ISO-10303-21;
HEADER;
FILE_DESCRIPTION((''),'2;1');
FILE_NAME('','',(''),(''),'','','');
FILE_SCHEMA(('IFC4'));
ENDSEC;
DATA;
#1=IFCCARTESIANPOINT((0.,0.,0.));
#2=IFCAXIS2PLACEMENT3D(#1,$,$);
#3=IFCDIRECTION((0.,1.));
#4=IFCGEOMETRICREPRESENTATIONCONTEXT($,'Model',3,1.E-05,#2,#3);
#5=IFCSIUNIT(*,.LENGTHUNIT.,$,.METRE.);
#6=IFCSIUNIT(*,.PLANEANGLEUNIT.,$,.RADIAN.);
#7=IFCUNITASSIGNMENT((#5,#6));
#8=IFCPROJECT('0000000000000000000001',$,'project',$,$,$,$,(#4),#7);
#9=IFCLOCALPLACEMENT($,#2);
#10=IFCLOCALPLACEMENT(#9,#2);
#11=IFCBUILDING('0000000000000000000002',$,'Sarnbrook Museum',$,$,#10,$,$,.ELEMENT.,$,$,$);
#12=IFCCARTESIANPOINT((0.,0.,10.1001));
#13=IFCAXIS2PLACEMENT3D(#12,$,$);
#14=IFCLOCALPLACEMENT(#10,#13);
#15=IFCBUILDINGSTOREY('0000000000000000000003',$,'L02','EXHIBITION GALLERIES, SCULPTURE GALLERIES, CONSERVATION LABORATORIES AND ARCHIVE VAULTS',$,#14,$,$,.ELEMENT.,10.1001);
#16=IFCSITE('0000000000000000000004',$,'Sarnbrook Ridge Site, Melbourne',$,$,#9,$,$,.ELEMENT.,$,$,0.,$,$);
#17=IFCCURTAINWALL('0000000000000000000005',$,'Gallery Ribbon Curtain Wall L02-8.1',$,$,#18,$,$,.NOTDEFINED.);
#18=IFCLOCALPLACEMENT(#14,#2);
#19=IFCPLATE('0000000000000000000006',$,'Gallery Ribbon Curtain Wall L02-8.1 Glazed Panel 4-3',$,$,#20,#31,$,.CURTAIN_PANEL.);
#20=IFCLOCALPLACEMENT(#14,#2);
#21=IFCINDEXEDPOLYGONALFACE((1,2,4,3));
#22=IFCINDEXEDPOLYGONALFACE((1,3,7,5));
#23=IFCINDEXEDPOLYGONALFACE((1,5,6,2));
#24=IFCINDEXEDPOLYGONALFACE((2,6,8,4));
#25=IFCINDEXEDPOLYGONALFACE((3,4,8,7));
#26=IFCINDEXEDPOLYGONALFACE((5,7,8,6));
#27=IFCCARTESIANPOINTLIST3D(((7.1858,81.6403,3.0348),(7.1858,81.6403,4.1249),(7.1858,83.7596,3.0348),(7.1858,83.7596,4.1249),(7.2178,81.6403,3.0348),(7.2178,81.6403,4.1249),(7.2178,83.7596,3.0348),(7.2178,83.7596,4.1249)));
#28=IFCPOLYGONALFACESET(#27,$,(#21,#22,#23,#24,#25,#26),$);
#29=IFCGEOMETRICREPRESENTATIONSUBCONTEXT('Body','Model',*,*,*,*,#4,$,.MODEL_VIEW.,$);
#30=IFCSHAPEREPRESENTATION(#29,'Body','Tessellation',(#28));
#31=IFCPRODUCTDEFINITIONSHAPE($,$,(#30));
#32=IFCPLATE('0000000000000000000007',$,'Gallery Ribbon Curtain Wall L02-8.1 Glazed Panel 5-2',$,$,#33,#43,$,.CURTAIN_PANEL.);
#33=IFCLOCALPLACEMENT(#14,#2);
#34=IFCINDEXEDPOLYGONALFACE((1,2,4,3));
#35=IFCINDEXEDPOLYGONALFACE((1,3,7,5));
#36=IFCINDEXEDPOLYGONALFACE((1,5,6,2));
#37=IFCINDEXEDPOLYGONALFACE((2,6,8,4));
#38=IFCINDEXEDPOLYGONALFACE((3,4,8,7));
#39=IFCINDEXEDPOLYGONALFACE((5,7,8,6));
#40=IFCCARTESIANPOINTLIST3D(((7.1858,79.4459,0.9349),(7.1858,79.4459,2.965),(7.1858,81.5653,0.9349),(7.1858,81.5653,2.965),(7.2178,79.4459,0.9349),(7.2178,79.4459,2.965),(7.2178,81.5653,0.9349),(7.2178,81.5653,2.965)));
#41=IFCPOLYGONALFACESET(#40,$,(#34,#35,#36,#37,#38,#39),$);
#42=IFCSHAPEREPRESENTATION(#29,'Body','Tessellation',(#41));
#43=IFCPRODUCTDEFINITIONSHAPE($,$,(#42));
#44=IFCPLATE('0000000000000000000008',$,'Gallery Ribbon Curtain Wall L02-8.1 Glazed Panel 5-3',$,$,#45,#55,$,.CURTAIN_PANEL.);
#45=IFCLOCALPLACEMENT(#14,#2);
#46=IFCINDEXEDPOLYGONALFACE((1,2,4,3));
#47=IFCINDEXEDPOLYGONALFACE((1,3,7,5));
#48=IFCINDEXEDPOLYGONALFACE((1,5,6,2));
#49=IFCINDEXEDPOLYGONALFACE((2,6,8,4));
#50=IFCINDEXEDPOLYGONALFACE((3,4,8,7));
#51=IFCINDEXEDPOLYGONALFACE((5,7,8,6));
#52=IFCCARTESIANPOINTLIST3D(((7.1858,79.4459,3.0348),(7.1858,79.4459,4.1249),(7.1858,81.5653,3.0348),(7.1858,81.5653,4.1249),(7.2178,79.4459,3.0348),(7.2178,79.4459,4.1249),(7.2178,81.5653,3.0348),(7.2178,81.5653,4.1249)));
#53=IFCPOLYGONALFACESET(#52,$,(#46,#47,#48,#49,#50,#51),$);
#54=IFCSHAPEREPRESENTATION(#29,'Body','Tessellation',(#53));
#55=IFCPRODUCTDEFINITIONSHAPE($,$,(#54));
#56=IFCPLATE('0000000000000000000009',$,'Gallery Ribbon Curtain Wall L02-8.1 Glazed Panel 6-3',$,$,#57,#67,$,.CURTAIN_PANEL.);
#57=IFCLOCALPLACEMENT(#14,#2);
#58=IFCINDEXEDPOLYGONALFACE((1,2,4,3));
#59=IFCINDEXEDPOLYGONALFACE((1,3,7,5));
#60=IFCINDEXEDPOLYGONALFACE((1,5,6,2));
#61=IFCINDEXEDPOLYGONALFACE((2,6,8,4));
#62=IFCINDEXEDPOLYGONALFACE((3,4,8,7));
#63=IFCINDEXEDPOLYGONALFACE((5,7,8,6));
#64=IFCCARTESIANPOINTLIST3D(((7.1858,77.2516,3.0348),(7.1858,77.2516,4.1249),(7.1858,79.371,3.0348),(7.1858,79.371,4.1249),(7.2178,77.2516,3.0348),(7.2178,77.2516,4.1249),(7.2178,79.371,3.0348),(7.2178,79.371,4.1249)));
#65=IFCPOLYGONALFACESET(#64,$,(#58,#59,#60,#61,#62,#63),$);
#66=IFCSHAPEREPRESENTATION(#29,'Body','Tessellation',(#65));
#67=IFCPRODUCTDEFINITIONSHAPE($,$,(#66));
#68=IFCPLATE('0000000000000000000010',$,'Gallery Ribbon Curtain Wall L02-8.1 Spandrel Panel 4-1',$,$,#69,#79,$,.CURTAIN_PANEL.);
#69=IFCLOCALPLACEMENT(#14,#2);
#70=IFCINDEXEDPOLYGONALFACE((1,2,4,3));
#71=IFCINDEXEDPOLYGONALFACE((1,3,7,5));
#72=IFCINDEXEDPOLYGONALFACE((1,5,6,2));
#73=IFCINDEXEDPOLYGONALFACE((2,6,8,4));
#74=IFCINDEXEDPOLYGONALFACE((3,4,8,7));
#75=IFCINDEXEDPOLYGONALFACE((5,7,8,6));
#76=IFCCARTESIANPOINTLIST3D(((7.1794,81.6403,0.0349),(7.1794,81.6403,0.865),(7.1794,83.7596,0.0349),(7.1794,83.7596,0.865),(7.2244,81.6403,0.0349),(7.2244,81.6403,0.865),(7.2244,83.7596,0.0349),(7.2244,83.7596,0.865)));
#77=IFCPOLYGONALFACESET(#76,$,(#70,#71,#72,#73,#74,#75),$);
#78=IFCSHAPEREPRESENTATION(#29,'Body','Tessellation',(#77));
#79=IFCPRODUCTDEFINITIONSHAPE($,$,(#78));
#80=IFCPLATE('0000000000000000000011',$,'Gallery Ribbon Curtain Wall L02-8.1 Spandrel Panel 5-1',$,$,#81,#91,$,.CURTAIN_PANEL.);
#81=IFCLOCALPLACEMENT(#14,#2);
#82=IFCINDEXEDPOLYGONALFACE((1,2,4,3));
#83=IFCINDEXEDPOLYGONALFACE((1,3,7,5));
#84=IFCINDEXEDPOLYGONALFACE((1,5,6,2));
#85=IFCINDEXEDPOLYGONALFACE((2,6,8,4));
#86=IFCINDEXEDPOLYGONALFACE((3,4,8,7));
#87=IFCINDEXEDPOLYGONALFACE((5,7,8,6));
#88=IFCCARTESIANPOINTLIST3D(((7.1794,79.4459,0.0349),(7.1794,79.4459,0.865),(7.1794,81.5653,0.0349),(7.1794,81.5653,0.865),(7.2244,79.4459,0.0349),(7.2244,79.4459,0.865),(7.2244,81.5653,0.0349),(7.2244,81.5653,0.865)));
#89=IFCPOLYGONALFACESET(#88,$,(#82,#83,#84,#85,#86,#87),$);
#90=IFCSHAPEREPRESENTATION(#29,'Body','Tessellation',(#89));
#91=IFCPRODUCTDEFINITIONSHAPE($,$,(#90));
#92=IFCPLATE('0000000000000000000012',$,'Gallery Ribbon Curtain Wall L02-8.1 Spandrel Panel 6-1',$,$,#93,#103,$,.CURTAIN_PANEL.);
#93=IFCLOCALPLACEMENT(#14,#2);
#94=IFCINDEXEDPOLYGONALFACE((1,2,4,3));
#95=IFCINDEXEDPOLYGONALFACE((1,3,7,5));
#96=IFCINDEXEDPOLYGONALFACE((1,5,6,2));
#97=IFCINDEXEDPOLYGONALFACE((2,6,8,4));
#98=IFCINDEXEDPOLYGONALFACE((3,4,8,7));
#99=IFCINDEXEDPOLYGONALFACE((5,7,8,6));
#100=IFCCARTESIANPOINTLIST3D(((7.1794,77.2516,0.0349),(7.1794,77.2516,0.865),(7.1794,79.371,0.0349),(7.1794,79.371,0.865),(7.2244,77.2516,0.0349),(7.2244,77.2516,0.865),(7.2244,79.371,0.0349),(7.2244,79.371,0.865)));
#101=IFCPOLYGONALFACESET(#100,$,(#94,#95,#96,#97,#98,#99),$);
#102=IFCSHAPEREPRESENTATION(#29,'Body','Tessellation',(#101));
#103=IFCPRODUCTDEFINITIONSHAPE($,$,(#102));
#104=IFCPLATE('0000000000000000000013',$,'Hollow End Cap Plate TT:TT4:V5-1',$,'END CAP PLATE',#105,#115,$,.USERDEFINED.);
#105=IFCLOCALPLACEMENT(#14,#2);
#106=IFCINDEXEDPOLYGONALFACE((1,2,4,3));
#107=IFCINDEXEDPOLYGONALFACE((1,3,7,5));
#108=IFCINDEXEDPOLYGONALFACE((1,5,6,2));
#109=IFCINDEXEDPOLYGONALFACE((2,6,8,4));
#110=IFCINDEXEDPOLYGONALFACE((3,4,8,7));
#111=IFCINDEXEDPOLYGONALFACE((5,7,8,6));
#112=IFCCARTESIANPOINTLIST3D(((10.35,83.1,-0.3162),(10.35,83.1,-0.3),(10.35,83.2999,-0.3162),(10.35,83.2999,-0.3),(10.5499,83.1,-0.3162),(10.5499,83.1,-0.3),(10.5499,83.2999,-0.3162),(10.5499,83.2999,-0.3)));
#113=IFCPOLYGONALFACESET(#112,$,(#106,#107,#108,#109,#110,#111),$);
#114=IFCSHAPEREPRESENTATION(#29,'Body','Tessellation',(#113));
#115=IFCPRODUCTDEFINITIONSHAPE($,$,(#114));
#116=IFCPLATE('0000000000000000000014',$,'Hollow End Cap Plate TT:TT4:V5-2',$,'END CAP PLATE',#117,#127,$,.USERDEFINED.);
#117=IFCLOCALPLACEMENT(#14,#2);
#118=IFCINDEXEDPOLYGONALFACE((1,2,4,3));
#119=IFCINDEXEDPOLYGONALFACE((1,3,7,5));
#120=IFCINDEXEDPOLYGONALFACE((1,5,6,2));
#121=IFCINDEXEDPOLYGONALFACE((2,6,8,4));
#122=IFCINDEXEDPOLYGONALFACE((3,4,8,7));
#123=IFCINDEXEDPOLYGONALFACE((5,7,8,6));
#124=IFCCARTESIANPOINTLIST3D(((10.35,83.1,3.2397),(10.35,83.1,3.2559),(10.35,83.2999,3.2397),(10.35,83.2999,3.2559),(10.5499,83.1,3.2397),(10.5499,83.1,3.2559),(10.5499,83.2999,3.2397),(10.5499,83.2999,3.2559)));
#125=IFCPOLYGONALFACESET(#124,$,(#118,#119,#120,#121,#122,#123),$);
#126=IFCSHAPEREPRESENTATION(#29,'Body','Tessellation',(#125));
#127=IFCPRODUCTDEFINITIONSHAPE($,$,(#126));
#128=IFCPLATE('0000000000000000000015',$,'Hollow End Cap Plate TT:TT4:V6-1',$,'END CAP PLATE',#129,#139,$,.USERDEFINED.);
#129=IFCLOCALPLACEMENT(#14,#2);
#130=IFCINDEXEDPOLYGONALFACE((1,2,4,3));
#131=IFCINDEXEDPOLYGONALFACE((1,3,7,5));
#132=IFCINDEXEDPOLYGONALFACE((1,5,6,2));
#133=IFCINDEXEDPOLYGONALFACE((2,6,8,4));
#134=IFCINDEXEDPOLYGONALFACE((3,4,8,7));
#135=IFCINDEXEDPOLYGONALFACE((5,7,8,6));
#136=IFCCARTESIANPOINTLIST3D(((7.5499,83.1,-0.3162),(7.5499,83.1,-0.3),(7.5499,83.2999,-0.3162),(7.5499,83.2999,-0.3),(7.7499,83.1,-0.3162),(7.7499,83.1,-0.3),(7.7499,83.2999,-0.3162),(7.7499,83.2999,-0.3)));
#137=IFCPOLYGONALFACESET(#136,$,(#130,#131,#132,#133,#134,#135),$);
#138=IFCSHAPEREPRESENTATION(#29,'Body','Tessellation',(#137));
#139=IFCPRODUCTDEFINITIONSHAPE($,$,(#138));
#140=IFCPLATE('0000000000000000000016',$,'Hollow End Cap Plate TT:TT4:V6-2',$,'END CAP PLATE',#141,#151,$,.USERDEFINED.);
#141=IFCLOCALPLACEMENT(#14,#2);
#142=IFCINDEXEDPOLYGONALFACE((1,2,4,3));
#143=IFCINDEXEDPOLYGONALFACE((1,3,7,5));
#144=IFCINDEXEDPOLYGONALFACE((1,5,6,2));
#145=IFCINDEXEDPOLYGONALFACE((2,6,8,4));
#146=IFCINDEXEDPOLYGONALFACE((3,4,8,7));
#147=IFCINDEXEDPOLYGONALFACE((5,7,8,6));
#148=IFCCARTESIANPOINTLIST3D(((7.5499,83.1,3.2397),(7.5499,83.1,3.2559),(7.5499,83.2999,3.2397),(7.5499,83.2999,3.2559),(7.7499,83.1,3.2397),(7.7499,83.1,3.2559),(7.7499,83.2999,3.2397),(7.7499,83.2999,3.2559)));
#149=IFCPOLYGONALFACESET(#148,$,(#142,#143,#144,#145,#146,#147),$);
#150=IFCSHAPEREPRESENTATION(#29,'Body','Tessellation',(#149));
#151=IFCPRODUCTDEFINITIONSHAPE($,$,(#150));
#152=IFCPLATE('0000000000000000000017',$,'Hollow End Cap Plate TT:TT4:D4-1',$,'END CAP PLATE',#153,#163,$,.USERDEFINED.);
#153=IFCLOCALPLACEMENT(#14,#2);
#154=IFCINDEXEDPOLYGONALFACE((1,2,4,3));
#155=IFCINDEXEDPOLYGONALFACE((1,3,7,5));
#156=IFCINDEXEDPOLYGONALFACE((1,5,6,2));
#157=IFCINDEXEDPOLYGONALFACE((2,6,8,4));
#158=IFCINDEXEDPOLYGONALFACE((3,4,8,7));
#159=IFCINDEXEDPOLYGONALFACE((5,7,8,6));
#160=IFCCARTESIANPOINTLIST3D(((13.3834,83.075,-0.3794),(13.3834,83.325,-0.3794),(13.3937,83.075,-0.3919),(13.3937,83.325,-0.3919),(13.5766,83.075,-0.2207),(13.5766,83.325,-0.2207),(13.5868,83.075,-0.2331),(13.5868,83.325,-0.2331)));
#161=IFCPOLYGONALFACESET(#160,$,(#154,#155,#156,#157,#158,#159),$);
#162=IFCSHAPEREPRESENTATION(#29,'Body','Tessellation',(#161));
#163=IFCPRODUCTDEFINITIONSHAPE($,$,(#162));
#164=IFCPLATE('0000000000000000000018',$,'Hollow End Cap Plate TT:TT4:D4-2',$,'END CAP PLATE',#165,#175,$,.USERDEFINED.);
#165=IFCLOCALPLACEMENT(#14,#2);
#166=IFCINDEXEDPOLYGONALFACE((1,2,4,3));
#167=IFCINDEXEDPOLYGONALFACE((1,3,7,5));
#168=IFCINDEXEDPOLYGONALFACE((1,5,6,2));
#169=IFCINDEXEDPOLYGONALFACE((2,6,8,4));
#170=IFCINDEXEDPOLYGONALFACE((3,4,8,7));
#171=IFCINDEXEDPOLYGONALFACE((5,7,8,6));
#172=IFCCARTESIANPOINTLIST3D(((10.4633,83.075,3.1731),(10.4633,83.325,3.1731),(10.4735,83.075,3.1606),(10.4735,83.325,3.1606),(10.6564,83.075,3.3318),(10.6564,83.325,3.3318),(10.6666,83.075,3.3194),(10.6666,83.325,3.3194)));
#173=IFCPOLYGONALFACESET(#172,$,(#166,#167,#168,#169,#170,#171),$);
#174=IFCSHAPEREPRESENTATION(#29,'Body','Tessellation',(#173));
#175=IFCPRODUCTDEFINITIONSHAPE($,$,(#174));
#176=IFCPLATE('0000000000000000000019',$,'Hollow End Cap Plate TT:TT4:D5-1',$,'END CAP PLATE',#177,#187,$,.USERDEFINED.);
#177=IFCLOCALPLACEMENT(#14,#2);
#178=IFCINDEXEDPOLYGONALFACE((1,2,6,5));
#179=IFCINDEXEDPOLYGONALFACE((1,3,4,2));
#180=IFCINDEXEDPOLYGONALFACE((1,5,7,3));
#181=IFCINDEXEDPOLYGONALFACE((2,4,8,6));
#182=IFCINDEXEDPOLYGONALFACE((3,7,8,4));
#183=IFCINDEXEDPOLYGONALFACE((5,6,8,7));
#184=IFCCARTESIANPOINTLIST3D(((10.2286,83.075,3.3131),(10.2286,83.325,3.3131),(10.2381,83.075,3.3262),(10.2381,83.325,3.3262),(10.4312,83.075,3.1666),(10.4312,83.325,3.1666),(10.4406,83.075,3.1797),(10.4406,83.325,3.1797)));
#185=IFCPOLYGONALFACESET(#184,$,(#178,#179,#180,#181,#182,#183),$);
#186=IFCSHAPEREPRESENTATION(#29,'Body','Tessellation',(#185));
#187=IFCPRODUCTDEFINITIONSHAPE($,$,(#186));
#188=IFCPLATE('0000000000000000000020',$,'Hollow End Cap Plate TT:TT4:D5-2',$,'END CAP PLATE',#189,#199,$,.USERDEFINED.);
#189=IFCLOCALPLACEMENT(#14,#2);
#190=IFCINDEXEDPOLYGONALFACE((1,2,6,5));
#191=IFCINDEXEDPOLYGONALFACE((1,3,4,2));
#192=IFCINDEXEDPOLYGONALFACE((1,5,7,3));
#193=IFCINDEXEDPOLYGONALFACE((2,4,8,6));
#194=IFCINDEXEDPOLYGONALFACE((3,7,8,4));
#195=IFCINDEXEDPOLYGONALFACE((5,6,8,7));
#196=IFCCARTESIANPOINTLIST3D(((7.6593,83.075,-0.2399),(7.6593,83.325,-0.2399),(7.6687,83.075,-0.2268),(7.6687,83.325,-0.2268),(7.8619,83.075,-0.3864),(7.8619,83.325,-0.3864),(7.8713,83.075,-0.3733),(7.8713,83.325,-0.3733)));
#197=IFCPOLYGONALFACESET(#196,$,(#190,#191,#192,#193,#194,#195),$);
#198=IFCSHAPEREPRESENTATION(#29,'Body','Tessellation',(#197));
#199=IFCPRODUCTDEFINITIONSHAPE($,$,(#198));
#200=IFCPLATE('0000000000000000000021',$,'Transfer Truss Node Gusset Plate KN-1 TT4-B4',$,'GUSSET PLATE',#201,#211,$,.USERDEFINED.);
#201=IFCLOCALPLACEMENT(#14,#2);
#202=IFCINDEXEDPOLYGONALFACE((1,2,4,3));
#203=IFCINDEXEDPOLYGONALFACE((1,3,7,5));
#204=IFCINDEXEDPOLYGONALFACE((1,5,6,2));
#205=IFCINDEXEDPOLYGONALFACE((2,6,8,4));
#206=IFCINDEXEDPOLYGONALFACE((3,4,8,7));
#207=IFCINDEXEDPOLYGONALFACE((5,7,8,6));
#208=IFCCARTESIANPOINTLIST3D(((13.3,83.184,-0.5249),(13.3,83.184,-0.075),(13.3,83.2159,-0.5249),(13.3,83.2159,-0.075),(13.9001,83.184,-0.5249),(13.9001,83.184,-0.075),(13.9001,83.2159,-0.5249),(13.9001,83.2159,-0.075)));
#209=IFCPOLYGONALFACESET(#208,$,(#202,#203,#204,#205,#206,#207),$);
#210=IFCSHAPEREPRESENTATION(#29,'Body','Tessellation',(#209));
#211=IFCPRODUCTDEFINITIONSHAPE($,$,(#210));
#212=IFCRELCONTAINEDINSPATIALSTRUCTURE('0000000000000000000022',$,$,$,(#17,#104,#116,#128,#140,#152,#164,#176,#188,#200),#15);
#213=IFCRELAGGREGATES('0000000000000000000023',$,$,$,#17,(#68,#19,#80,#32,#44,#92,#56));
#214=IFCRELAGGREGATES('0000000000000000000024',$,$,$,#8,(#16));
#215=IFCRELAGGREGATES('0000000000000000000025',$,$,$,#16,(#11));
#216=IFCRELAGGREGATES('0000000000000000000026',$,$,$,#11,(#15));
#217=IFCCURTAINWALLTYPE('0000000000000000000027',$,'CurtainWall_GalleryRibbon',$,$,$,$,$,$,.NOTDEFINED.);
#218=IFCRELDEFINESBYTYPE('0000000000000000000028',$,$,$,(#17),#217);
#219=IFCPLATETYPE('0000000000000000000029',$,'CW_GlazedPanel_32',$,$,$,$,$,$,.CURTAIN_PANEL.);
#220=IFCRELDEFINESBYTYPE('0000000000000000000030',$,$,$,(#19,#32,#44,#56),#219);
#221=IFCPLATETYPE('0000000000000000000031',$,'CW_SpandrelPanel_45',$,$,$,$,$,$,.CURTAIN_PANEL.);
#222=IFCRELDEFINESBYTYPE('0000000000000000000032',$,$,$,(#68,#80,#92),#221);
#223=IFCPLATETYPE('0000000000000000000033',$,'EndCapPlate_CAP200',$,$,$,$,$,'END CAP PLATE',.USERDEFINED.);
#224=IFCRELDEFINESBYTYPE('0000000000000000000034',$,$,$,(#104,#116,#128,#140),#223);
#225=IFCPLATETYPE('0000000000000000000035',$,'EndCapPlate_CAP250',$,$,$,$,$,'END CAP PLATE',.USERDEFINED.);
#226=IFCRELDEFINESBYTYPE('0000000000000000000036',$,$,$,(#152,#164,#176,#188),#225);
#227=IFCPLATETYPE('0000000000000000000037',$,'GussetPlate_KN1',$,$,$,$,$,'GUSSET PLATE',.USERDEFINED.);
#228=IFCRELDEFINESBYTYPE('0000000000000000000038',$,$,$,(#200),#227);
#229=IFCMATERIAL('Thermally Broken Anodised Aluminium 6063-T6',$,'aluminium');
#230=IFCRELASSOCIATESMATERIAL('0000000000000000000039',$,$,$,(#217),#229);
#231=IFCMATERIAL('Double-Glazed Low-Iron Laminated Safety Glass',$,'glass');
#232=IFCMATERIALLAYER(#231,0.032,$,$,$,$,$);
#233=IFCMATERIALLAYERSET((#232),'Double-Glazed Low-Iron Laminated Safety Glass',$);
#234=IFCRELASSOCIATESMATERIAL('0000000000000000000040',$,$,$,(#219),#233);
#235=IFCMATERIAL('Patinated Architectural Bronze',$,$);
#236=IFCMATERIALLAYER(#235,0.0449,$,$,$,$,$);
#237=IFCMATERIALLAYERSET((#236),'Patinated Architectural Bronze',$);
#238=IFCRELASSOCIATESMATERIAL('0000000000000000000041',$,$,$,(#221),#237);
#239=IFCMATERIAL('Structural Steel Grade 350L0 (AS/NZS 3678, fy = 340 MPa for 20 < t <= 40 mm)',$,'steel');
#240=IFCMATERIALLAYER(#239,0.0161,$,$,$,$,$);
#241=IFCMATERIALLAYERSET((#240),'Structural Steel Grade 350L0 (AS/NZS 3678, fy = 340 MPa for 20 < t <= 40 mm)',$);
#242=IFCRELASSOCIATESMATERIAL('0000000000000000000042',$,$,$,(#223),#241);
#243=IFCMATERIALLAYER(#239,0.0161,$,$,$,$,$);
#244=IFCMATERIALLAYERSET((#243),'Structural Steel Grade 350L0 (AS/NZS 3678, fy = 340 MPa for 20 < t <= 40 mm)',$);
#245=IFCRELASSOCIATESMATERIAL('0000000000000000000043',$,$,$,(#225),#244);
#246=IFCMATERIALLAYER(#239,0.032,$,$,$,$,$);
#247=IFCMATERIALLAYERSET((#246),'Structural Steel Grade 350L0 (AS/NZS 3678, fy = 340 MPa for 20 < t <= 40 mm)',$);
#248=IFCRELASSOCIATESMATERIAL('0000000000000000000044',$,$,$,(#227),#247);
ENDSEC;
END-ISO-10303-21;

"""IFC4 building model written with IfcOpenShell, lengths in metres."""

from ifc_helpers import new_model, si_unit, direction, frame, origin, origin_2d, place, context, subcontext, project, spatial, rectangle, extrude, material, layer, layer_set, type_object, element, aggregate, save


model = new_model("IFC4")

# Units and contexts
model_context = context("Model", 3, precision=1e-05, world=origin(), true_north=direction((0.0, 1.0)))
body_context = subcontext(model_context, "Body", "Model", "MODEL_VIEW")
ifc_project = project(units=[si_unit("LENGTHUNIT", "METRE"), si_unit("PLANEANGLEUNIT", "RADIAN")], contexts=[model_context])

# Site, building, storey
site_placement = place(None, origin())
site = spatial("IfcSite", under=ifc_project, at=site_placement, Name="Sarnbrook Ridge Site, Melbourne", CompositionType="ELEMENT", RefElevation=0.0)
building_placement = place(site_placement, origin())
building = spatial("IfcBuilding", under=site, at=building_placement, Name="Sarnbrook Museum", CompositionType="ELEMENT")
storey_placement = place(building_placement, frame((0.0, 0.0, 10.1001)))
storey = spatial("IfcBuildingStorey", under=building, at=storey_placement, Name="L02", Description="EXHIBITION GALLERIES, SCULPTURE GALLERIES, CONSERVATION LABORATORIES AND ARCHIVE VAULTS", CompositionType="ELEMENT", Elevation=10.1001)

# Curtain wall
ifc_material_1 = material(Name="Thermally Broken Anodised Aluminium 6063-T6", Category="aluminium")
curtain_wall_type = type_object("IfcCurtainWallType", Name="CurtainWall_GalleryRibbon", PredefinedType="NOTDEFINED", material=ifc_material_1)
curtain_wall_placement = place(storey_placement, origin())
curtain_wall = element("IfcCurtainWall", 1, at=curtain_wall_placement, inside=storey, type_object=curtain_wall_type, Name="Gallery Ribbon Curtain Wall L02-8.1", PredefinedType="NOTDEFINED")

# Shared definitions
ifc_material_2 = material(Name="Structural Steel Grade 350L0 (AS/NZS 3678, fy = 340 MPa for 20 < t <= 40 mm)", Category="steel")

# Plates
ifc_material_3 = material(Name="Double-Glazed Low-Iron Laminated Safety Glass", Category="glass")
ifc_layer_1 = layer(ifc_material_3, 0.032)
ifc_layer_set_1 = layer_set([ifc_layer_1], Name="Double-Glazed Low-Iron Laminated Safety Glass")
plate_type_1 = type_object("IfcPlateType", Name="CW_GlazedPanel_32", PredefinedType="CURTAIN_PANEL", material=ifc_layer_set_1)
plate_1_placement = place(storey_placement, frame((7.2178, 82.7, 3.5798), z_axis=(-1.0, 0.0, 0.0), x_axis=(0.0, -1.0, 0.0)))
plate_1 = element("IfcPlate", 2, at=plate_1_placement, type_object=plate_type_1, Name="Gallery Ribbon Curtain Wall L02-8.1 Glazed Panel 4-3", PredefinedType="CURTAIN_PANEL", context=body_context, shape_type="SweptSolid", body=[
    extrude(rectangle(XDim=2.1194, YDim=1.0901, at=origin_2d()), origin(), (0.0, 0.0, 1.0), 0.032),
])
plate_2_placement = place(storey_placement, frame((7.2178, 80.5056, 1.95), z_axis=(-1.0, 0.0, 0.0), x_axis=(0.0, -1.0, 0.0)))
plate_2 = element("IfcPlate", 3, at=plate_2_placement, type_object=plate_type_1, Name="Gallery Ribbon Curtain Wall L02-8.1 Glazed Panel 5-2", PredefinedType="CURTAIN_PANEL", context=body_context, shape_type="SweptSolid", body=[
    extrude(rectangle(XDim=2.1194, YDim=2.03, at=origin_2d()), origin(), (0.0, 0.0, 1.0), 0.032),
])
plate_3_placement = place(storey_placement, frame((7.2178, 80.5056, 3.5798), z_axis=(-1.0, 0.0, 0.0), x_axis=(0.0, -1.0, 0.0)))
plate_3 = element("IfcPlate", 4, at=plate_3_placement, type_object=plate_type_1, Name="Gallery Ribbon Curtain Wall L02-8.1 Glazed Panel 5-3", PredefinedType="CURTAIN_PANEL", context=body_context, shape_type="SweptSolid", body=[
    extrude(rectangle(XDim=2.1194, YDim=1.0901, at=origin_2d()), origin(), (0.0, 0.0, 1.0), 0.032),
])
plate_4_placement = place(storey_placement, frame((7.2178, 78.3113, 3.5798), z_axis=(-1.0, 0.0, 0.0), x_axis=(0.0, -1.0, 0.0)))
plate_4 = element("IfcPlate", 5, at=plate_4_placement, type_object=plate_type_1, Name="Gallery Ribbon Curtain Wall L02-8.1 Glazed Panel 6-3", PredefinedType="CURTAIN_PANEL", context=body_context, shape_type="SweptSolid", body=[
    extrude(rectangle(XDim=2.1194, YDim=1.0901, at=origin_2d()), origin(), (0.0, 0.0, 1.0), 0.032),
])
ifc_material_4 = material(Name="Patinated Architectural Bronze")
ifc_layer_2 = layer(ifc_material_4, 0.0449)
ifc_layer_set_2 = layer_set([ifc_layer_2], Name="Patinated Architectural Bronze")
plate_type_2 = type_object("IfcPlateType", Name="CW_SpandrelPanel_45", PredefinedType="CURTAIN_PANEL", material=ifc_layer_set_2)
plate_5_placement = place(storey_placement, frame((7.2244, 82.7, 0.45), z_axis=(-1.0, 0.0, 0.0), x_axis=(0.0, -1.0, 0.0)))
plate_5 = element("IfcPlate", 6, at=plate_5_placement, type_object=plate_type_2, Name="Gallery Ribbon Curtain Wall L02-8.1 Spandrel Panel 4-1", PredefinedType="CURTAIN_PANEL", context=body_context, shape_type="SweptSolid", body=[
    extrude(rectangle(XDim=2.1194, YDim=0.8301, at=origin_2d()), origin(), (0.0, 0.0, 1.0), 0.0449),
])
plate_6_placement = place(storey_placement, frame((7.2244, 80.5056, 0.45), z_axis=(-1.0, 0.0, 0.0), x_axis=(0.0, -1.0, 0.0)))
plate_6 = element("IfcPlate", 7, at=plate_6_placement, type_object=plate_type_2, Name="Gallery Ribbon Curtain Wall L02-8.1 Spandrel Panel 5-1", PredefinedType="CURTAIN_PANEL", context=body_context, shape_type="SweptSolid", body=[
    extrude(rectangle(XDim=2.1194, YDim=0.8301, at=origin_2d()), origin(), (0.0, 0.0, 1.0), 0.0449),
])
plate_7_placement = place(storey_placement, frame((7.2244, 78.3113, 0.45), z_axis=(-1.0, 0.0, 0.0), x_axis=(0.0, -1.0, 0.0)))
plate_7 = element("IfcPlate", 8, at=plate_7_placement, type_object=plate_type_2, Name="Gallery Ribbon Curtain Wall L02-8.1 Spandrel Panel 6-1", PredefinedType="CURTAIN_PANEL", context=body_context, shape_type="SweptSolid", body=[
    extrude(rectangle(XDim=2.1194, YDim=0.8301, at=origin_2d()), origin(), (0.0, 0.0, 1.0), 0.0449),
])
aggregate(curtain_wall, [plate_5, plate_1, plate_6, plate_2, plate_3, plate_7, plate_4])

# Plates
ifc_layer_3 = layer(ifc_material_2, 0.0161)
ifc_layer_set_3 = layer_set([ifc_layer_3], Name="Structural Steel Grade 350L0 (AS/NZS 3678, fy = 340 MPa for 20 < t <= 40 mm)")
plate_type_3 = type_object("IfcPlateType", Name="EndCapPlate_CAP200", ElementType="END CAP PLATE", PredefinedType="USERDEFINED", material=ifc_layer_set_3)
for number, where, z_axis, x_axis, name in (
    (9, (10.45, 83.2, -0.3162), (0.0, 0.0, 1.0), (1.0, 0.0, 0.0), "Hollow End Cap Plate TT:TT4:V5-1"),
    (10, (10.45, 83.2, 3.2397), (0.0, 0.0, 1.0), (1.0, 0.0, 0.0), "Hollow End Cap Plate TT:TT4:V5-2"),
    (11, (7.6499, 83.2, -0.3162), (0.0, 0.0, 1.0), (1.0, 0.0, 0.0), "Hollow End Cap Plate TT:TT4:V6-1"),
    (12, (7.6499, 83.2, 3.2397), (0.0, 0.0, 1.0), (1.0, 0.0, 0.0), "Hollow End Cap Plate TT:TT4:V6-2"),
):
    element("IfcPlate", number, at=place(storey_placement, frame(where, z_axis=z_axis, x_axis=x_axis)), inside=storey, type_object=plate_type_3, Name=name, ObjectType="END CAP PLATE", PredefinedType="USERDEFINED", context=body_context, shape_type="SweptSolid", body=[
        extrude(rectangle(XDim=0.2, YDim=0.2, at=origin_2d()), origin(), (0.0, 0.0, 1.0), 0.0161),
    ])
ifc_layer_4 = layer(ifc_material_2, 0.0161)
ifc_layer_set_4 = layer_set([ifc_layer_4], Name="Structural Steel Grade 350L0 (AS/NZS 3678, fy = 340 MPa for 20 < t <= 40 mm)")
plate_type_4 = type_object("IfcPlateType", Name="EndCapPlate_CAP250", ElementType="END CAP PLATE", PredefinedType="USERDEFINED", material=ifc_layer_set_4)
for number, where, z_axis, x_axis, name in (
    (13, (13.4902, 83.2, -0.3125), (-0.635019, 0.0, 0.772497), (0.0, -1.0, 0.0), "Hollow End Cap Plate TT:TT4:D4-1"),
    (14, (10.5701, 83.2, 3.24), (-0.635019, 0.0, 0.772497), (0.0, -1.0, 0.0), "Hollow End Cap Plate TT:TT4:D4-2"),
    (15, (10.3394, 83.2, 3.2529), (-0.585992, 0.0, -0.810317), (0.0, -1.0, 0.0), "Hollow End Cap Plate TT:TT4:D5-1"),
    (16, (7.77, 83.2, -0.3), (-0.585992, 0.0, -0.810317), (0.0, -1.0, 0.0), "Hollow End Cap Plate TT:TT4:D5-2"),
):
    element("IfcPlate", number, at=place(storey_placement, frame(where, z_axis=z_axis, x_axis=x_axis)), inside=storey, type_object=plate_type_4, Name=name, ObjectType="END CAP PLATE", PredefinedType="USERDEFINED", context=body_context, shape_type="SweptSolid", body=[
        extrude(rectangle(XDim=0.25, YDim=0.25, at=origin_2d()), origin(), (0.0, 0.0, 1.0), 0.0161),
    ])
ifc_layer_5 = layer(ifc_material_2, 0.032)
ifc_layer_set_5 = layer_set([ifc_layer_5], Name="Structural Steel Grade 350L0 (AS/NZS 3678, fy = 340 MPa for 20 < t <= 40 mm)")
plate_type_5 = type_object("IfcPlateType", Name="GussetPlate_KN1", ElementType="GUSSET PLATE", PredefinedType="USERDEFINED", material=ifc_layer_set_5)
plate_8_placement = place(storey_placement, frame((13.6001, 83.2, -0.5249), z_axis=(0.0, 0.0, 1.0), x_axis=(1.0, 0.0, 0.0)))
element("IfcPlate", 17, at=plate_8_placement, inside=storey, type_object=plate_type_5, Name="Transfer Truss Node Gusset Plate KN-1 TT4-B4", ObjectType="GUSSET PLATE", PredefinedType="USERDEFINED", context=body_context, shape_type="SweptSolid", body=[
    extrude(rectangle(XDim=0.6001, YDim=0.032, at=origin_2d()), origin(), (0.0, 0.0, 1.0), 0.45),
])

save(model, "model.ifc")
